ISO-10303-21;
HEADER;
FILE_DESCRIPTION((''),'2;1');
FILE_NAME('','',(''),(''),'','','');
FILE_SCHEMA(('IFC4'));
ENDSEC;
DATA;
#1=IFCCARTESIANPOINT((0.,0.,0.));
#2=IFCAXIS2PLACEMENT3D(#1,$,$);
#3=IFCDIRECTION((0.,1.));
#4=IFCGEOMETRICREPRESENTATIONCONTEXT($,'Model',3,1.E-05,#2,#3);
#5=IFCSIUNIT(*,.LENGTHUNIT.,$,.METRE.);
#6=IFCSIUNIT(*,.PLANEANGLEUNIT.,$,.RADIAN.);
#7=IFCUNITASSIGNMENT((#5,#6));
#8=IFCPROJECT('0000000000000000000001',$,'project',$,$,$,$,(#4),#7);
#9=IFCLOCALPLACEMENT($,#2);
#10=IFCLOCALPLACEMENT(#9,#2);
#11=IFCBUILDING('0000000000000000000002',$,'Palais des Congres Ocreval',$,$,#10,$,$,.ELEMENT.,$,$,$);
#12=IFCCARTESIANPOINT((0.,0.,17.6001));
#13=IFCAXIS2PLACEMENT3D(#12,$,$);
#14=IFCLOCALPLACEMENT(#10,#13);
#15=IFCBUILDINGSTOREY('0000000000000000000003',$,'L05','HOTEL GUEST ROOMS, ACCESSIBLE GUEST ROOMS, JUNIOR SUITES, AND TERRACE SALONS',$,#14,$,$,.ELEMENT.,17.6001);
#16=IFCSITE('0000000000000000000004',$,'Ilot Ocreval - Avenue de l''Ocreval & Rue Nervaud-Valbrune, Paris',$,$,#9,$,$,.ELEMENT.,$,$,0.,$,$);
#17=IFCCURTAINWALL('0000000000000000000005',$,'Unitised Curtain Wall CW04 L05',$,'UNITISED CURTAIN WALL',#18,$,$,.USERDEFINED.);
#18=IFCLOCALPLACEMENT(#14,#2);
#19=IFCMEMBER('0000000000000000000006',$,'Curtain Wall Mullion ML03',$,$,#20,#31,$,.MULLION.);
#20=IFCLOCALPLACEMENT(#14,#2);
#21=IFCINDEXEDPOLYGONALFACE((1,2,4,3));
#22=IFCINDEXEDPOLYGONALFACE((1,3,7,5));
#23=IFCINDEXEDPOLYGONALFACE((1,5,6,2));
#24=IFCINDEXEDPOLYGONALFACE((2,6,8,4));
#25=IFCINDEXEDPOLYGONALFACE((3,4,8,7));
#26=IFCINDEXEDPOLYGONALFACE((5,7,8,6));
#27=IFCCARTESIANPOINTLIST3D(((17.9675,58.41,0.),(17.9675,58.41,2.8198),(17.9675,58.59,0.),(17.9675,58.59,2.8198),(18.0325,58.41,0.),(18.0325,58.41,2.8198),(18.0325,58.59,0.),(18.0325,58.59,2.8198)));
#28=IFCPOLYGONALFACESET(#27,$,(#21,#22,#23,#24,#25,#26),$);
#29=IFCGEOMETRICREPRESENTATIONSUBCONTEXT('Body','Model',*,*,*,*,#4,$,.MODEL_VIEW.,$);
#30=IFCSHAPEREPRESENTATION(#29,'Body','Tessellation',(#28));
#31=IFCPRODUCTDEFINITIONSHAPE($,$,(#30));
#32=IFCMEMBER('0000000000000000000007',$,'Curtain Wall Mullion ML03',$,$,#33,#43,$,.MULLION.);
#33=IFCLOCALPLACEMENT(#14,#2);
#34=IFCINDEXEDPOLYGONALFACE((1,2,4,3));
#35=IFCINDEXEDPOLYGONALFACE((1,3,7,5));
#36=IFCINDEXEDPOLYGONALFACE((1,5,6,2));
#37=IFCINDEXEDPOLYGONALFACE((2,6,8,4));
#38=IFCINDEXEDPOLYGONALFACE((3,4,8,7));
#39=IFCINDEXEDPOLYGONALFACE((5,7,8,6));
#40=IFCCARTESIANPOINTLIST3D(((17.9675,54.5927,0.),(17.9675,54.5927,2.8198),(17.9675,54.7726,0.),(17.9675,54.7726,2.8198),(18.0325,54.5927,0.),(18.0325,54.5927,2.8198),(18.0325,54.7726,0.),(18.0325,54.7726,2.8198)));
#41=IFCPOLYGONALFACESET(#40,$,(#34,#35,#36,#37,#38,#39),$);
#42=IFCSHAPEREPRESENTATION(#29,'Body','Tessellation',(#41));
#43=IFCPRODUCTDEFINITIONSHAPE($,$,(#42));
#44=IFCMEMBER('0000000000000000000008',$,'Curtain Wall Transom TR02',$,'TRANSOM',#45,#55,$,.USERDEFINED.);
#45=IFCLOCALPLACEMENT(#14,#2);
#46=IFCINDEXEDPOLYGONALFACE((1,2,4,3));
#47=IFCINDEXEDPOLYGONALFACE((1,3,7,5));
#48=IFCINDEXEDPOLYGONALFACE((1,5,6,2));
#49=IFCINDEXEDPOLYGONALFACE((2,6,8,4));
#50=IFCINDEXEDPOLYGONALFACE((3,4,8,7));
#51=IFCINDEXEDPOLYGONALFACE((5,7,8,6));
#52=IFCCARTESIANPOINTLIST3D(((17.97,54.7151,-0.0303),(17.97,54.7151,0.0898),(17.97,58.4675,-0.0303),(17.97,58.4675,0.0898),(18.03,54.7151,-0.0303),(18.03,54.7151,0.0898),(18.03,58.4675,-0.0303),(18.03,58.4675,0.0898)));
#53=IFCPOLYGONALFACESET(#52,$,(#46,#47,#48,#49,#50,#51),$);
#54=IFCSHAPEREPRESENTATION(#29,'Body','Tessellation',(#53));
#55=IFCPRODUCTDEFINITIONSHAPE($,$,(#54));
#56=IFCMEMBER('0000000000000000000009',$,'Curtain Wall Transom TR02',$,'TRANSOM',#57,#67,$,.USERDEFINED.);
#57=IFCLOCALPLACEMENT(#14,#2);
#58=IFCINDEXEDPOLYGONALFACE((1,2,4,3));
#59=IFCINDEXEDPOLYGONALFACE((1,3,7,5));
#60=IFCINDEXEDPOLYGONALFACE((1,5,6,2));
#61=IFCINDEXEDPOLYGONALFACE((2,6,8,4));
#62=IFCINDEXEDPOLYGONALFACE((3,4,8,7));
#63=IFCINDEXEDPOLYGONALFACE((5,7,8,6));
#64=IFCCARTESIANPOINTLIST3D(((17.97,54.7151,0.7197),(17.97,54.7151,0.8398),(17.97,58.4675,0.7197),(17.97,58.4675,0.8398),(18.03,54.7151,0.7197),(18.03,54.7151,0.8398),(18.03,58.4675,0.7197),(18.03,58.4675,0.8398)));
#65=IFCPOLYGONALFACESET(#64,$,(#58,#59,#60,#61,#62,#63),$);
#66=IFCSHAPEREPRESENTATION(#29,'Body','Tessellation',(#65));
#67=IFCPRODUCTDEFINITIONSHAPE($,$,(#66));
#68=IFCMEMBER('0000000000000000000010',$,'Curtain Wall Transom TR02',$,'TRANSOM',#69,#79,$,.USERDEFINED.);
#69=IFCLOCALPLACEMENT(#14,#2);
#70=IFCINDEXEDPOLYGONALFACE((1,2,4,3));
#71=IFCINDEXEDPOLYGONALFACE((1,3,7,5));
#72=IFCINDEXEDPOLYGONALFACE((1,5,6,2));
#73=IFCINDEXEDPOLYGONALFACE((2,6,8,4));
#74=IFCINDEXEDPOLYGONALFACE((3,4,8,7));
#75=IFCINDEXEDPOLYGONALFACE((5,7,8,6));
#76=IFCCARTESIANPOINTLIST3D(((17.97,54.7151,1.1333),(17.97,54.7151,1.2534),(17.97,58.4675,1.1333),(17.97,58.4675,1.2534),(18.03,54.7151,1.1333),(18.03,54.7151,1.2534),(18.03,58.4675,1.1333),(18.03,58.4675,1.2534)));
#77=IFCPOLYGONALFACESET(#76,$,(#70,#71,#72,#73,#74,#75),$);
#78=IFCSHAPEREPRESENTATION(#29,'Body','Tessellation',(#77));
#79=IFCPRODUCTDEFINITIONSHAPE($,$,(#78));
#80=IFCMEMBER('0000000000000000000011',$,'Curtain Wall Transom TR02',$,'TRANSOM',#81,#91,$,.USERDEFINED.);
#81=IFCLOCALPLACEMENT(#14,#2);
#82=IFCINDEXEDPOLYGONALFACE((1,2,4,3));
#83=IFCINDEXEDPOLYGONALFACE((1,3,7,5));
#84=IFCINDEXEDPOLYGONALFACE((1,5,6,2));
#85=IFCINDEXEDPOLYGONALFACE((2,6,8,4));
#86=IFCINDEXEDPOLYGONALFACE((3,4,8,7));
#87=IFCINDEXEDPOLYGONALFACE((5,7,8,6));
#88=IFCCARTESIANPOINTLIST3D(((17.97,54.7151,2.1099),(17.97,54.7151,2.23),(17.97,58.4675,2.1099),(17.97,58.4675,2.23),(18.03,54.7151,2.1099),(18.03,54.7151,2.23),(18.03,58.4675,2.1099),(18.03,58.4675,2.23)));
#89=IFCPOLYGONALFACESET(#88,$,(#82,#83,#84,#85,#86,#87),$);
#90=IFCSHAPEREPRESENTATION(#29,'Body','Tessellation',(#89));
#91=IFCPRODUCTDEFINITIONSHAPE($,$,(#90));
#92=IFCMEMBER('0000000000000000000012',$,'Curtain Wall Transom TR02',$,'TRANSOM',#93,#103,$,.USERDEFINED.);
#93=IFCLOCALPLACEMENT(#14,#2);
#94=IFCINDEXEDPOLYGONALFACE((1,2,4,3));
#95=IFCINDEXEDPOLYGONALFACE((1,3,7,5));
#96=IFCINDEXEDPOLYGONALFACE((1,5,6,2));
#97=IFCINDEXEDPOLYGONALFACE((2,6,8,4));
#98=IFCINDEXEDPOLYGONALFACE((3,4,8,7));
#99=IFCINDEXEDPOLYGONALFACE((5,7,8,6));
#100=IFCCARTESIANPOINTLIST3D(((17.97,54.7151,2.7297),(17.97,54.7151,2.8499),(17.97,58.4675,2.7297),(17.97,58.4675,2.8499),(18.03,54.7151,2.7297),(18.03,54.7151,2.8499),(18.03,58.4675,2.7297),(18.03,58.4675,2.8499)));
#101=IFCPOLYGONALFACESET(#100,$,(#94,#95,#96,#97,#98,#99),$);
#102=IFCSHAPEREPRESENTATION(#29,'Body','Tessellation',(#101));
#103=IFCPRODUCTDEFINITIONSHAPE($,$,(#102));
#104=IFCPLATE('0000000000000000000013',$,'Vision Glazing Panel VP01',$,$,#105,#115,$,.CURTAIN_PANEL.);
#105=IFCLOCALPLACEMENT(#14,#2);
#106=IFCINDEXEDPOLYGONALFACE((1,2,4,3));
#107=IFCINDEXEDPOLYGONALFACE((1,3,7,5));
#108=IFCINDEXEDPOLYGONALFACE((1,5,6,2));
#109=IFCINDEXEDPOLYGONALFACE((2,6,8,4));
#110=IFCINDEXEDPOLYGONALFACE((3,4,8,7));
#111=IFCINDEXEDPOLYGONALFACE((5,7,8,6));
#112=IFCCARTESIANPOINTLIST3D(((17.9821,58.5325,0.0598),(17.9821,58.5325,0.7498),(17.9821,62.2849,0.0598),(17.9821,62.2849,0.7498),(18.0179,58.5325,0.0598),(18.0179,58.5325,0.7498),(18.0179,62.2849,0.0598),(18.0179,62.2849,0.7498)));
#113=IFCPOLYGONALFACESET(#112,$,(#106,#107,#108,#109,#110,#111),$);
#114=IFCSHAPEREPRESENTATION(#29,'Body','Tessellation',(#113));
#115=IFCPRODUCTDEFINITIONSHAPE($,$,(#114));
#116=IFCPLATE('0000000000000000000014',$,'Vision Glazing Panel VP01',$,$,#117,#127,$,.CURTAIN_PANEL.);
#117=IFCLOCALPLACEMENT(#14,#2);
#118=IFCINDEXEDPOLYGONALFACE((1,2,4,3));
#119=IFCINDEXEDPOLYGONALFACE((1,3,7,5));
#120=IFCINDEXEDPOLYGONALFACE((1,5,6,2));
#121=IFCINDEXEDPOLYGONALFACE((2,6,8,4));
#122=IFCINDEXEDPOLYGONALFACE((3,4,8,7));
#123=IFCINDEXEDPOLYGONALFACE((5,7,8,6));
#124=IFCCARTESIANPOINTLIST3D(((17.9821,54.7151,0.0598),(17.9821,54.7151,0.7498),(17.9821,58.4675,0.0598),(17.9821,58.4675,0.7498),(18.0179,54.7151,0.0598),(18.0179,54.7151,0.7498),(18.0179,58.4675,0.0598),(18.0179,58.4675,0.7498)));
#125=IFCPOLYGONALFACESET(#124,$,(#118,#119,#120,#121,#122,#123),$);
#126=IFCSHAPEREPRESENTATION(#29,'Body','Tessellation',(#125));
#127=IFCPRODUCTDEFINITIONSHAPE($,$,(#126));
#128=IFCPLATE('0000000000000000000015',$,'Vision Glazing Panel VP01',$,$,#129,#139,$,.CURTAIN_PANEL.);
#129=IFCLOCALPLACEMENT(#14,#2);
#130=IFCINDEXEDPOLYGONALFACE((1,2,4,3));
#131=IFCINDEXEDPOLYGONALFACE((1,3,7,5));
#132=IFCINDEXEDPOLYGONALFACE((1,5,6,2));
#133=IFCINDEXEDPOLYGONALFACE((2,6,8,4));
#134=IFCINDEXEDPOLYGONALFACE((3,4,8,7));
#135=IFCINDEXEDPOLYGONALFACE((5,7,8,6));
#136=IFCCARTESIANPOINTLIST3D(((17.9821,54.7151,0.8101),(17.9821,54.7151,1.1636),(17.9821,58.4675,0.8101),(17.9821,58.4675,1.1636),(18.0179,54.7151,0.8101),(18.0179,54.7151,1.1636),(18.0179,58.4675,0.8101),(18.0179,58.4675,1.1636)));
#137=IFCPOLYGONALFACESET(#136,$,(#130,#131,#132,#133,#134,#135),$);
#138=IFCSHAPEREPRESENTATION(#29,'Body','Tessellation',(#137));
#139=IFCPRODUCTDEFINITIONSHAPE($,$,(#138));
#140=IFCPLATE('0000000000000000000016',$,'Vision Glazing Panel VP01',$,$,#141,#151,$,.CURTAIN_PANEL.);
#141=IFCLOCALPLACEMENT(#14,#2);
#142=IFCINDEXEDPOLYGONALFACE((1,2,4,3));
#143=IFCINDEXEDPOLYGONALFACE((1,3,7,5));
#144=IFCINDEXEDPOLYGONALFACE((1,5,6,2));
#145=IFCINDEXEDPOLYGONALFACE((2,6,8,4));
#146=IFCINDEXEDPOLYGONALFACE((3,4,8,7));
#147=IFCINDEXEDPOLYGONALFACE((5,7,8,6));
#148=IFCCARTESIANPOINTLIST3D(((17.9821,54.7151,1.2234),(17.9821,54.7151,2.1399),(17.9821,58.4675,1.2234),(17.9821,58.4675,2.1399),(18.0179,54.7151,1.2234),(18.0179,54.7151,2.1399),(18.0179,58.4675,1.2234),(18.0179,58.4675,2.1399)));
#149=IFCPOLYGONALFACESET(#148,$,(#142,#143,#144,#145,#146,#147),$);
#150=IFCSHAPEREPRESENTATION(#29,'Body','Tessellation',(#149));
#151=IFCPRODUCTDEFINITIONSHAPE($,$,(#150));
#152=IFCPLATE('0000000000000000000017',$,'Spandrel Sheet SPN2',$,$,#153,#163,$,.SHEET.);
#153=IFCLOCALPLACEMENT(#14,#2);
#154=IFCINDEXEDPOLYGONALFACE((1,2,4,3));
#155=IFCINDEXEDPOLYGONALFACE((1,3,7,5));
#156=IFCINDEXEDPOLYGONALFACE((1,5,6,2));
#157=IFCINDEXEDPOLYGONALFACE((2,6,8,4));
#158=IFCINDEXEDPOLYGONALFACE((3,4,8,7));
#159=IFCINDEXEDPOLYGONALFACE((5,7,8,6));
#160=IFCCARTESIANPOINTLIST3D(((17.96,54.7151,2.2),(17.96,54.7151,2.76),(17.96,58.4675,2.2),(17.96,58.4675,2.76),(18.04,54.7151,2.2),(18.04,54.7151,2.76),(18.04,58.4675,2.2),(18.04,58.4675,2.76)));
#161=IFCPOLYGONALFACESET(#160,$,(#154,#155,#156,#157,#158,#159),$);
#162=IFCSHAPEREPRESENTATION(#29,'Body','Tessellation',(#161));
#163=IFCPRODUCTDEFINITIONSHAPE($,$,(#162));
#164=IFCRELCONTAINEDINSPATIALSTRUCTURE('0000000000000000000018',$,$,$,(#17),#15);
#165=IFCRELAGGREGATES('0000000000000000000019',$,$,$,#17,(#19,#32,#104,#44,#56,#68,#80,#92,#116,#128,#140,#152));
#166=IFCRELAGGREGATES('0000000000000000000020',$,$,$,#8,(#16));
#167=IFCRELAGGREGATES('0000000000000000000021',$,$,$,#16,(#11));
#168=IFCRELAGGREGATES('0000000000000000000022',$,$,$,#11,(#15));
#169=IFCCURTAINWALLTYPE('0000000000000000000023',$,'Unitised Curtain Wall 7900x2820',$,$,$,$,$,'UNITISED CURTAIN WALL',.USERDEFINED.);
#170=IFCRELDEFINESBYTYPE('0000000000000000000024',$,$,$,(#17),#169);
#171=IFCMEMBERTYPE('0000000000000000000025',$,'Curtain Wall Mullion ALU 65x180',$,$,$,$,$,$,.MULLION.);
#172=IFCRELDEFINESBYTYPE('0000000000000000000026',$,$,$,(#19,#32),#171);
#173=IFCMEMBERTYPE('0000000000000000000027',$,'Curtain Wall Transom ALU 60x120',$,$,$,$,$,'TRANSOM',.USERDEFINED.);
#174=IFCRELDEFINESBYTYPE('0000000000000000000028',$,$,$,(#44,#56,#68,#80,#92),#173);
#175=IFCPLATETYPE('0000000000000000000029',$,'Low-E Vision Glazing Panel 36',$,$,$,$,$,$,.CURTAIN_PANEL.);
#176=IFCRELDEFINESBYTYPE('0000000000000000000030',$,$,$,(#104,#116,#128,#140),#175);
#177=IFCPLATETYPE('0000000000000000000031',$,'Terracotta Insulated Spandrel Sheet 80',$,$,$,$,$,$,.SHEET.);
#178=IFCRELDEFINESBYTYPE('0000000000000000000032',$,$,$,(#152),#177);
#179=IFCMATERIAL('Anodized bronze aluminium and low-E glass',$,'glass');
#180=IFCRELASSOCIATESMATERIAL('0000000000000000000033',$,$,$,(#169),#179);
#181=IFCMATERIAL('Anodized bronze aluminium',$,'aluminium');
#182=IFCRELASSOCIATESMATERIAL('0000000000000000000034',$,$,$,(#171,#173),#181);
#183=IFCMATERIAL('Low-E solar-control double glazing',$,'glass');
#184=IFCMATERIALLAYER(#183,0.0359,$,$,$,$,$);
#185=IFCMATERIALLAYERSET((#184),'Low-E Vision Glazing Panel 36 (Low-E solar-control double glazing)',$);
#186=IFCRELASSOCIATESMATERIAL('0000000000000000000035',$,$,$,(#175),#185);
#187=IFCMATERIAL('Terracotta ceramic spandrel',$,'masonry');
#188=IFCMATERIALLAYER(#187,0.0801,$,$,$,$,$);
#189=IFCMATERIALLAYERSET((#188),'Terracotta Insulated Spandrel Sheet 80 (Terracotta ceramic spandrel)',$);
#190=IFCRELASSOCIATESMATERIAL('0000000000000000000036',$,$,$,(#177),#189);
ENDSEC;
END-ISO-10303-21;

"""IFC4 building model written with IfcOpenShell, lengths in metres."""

from ifc_helpers import new_model, si_unit, direction, frame, origin, origin_2d, place, context, subcontext, project, spatial, rectangle, extrude, material, layer, layer_set, material_profile, profile_set, type_object, element, aggregate, save


model = new_model("IFC4")

# Units and contexts
model_context = context("Model", 3, precision=1e-05, world=origin(), true_north=direction((0.0, 1.0)))
body_context = subcontext(model_context, "Body", "Model", "MODEL_VIEW")
ifc_project = project(units=[si_unit("LENGTHUNIT", "METRE"), si_unit("PLANEANGLEUNIT", "RADIAN")], contexts=[model_context])

# Site, building, storey
site_placement = place(None, origin())
site = spatial("IfcSite", under=ifc_project, at=site_placement, Name="Ilot Ocreval - Avenue de l'Ocreval & Rue Nervaud-Valbrune, Paris", CompositionType="ELEMENT", RefElevation=0.0)
building_placement = place(site_placement, origin())
building = spatial("IfcBuilding", under=site, at=building_placement, Name="Palais des Congres Ocreval", CompositionType="ELEMENT")
storey_placement = place(building_placement, frame((0.0, 0.0, 17.6001)))
storey = spatial("IfcBuildingStorey", under=building, at=storey_placement, Name="L05", Description="HOTEL GUEST ROOMS, ACCESSIBLE GUEST ROOMS, JUNIOR SUITES, AND TERRACE SALONS", CompositionType="ELEMENT", Elevation=17.6001)

# Curtain wall, members, plates
ifc_material_1 = material(Name="Anodized bronze aluminium and low-E glass", Category="glass")
curtain_wall_type = type_object("IfcCurtainWallType", Name="Unitised Curtain Wall 7900x2820", ElementType="UNITISED CURTAIN WALL", PredefinedType="USERDEFINED", material=ifc_material_1)
curtain_wall_placement = place(storey_placement, origin())
curtain_wall = element("IfcCurtainWall", 1, at=curtain_wall_placement, inside=storey, type_object=curtain_wall_type, Name="Unitised Curtain Wall CW04 L05", ObjectType="UNITISED CURTAIN WALL", PredefinedType="USERDEFINED")
ifc_material_2 = material(Name="Anodized bronze aluminium", Category="aluminium")
ifc_material_profile_1 = material_profile(ifc_material_2, rectangle(XDim=0.0649, YDim=0.1799, at=origin_2d()), Name="ALU 65x180")
ifc_profile_set_1 = profile_set([ifc_material_profile_1], Name="Anodized bronze aluminium")
member_type_1 = type_object("IfcMemberType", Name="Curtain Wall Mullion ALU 65x180", PredefinedType="MULLION", material=ifc_profile_set_1)
member_1_placement = place(storey_placement, frame((18.0, 58.5, 0.0), z_axis=(0.0, 0.0, 1.0), x_axis=(1.0, 0.0, 0.0)))
member_1 = element("IfcMember", 2, at=member_1_placement, type_object=member_type_1, Name="Curtain Wall Mullion ML03", PredefinedType="MULLION", context=body_context, shape_type="SweptSolid", body=[
    extrude(rectangle(XDim=0.0649, YDim=0.1799, at=origin_2d()), origin(), (0.0, 0.0, 1.0), 2.8198),
])
member_2_placement = place(storey_placement, frame((18.0, 54.6826, 0.0), z_axis=(0.0, 0.0, 1.0), x_axis=(1.0, 0.0, 0.0)))
member_2 = element("IfcMember", 3, at=member_2_placement, type_object=member_type_1, Name="Curtain Wall Mullion ML03", PredefinedType="MULLION", context=body_context, shape_type="SweptSolid", body=[
    extrude(rectangle(XDim=0.0649, YDim=0.1799, at=origin_2d()), origin(), (0.0, 0.0, 1.0), 2.8198),
])
ifc_material_profile_2 = material_profile(ifc_material_2, rectangle(XDim=0.0601, YDim=0.1201, at=origin_2d()), Name="ALU 60x120")
ifc_profile_set_2 = profile_set([ifc_material_profile_2], Name="Anodized bronze aluminium")
member_type_2 = type_object("IfcMemberType", Name="Curtain Wall Transom ALU 60x120", ElementType="TRANSOM", PredefinedType="USERDEFINED", material=ifc_profile_set_2)
member_3_placement = place(storey_placement, frame((18.0, 58.4675, 0.0298), z_axis=(0.0, -1.0, 0.0), x_axis=(1.0, 0.0, 0.0)))
member_3 = element("IfcMember", 4, at=member_3_placement, type_object=member_type_2, Name="Curtain Wall Transom TR02", ObjectType="TRANSOM", PredefinedType="USERDEFINED", context=body_context, shape_type="SweptSolid", body=[
    extrude(rectangle(XDim=0.0601, YDim=0.1201, at=origin_2d()), origin(), (0.0, 0.0, 1.0), 3.7524),
])
member_4_placement = place(storey_placement, frame((18.0, 58.4675, 0.7798), z_axis=(0.0, -1.0, 0.0), x_axis=(1.0, 0.0, 0.0)))
member_4 = element("IfcMember", 5, at=member_4_placement, type_object=member_type_2, Name="Curtain Wall Transom TR02", ObjectType="TRANSOM", PredefinedType="USERDEFINED", context=body_context, shape_type="SweptSolid", body=[
    extrude(rectangle(XDim=0.0601, YDim=0.1201, at=origin_2d()), origin(), (0.0, 0.0, 1.0), 3.7524),
])
member_5_placement = place(storey_placement, frame((18.0, 58.4675, 1.1934), z_axis=(0.0, -1.0, 0.0), x_axis=(1.0, 0.0, 0.0)))
member_5 = element("IfcMember", 6, at=member_5_placement, type_object=member_type_2, Name="Curtain Wall Transom TR02", ObjectType="TRANSOM", PredefinedType="USERDEFINED", context=body_context, shape_type="SweptSolid", body=[
    extrude(rectangle(XDim=0.0601, YDim=0.1201, at=origin_2d()), origin(), (0.0, 0.0, 1.0), 3.7524),
])
member_6_placement = place(storey_placement, frame((18.0, 58.4675, 2.1699), z_axis=(0.0, -1.0, 0.0), x_axis=(1.0, 0.0, 0.0)))
member_6 = element("IfcMember", 7, at=member_6_placement, type_object=member_type_2, Name="Curtain Wall Transom TR02", ObjectType="TRANSOM", PredefinedType="USERDEFINED", context=body_context, shape_type="SweptSolid", body=[
    extrude(rectangle(XDim=0.0601, YDim=0.1201, at=origin_2d()), origin(), (0.0, 0.0, 1.0), 3.7524),
])
member_7_placement = place(storey_placement, frame((18.0, 58.4675, 2.7898), z_axis=(0.0, -1.0, 0.0), x_axis=(1.0, 0.0, 0.0)))
member_7 = element("IfcMember", 8, at=member_7_placement, type_object=member_type_2, Name="Curtain Wall Transom TR02", ObjectType="TRANSOM", PredefinedType="USERDEFINED", context=body_context, shape_type="SweptSolid", body=[
    extrude(rectangle(XDim=0.0601, YDim=0.1201, at=origin_2d()), origin(), (0.0, 0.0, 1.0), 3.7524),
])
ifc_material_3 = material(Name="Low-E solar-control double glazing", Category="glass")
ifc_layer_1 = layer(ifc_material_3, 0.0359)
ifc_layer_set_1 = layer_set([ifc_layer_1], Name="Low-E Vision Glazing Panel 36 (Low-E solar-control double glazing)")
plate_type_1 = type_object("IfcPlateType", Name="Low-E Vision Glazing Panel 36", PredefinedType="CURTAIN_PANEL", material=ifc_layer_set_1)
plate_1_placement = place(storey_placement, frame((18.0, 60.4087, 0.0598), z_axis=(0.0, 0.0, 1.0), x_axis=(0.0, -1.0, 0.0)))
plate_1 = element("IfcPlate", 9, at=plate_1_placement, type_object=plate_type_1, Name="Vision Glazing Panel VP01", PredefinedType="CURTAIN_PANEL", context=body_context, shape_type="SweptSolid", body=[
    extrude(rectangle(XDim=3.7524, YDim=0.0359, at=origin_2d()), origin(), (0.0, 0.0, 1.0), 0.6899),
])
plate_2_placement = place(storey_placement, frame((18.0, 56.5913, 0.0598), z_axis=(0.0, 0.0, 1.0), x_axis=(0.0, -1.0, 0.0)))
plate_2 = element("IfcPlate", 10, at=plate_2_placement, type_object=plate_type_1, Name="Vision Glazing Panel VP01", PredefinedType="CURTAIN_PANEL", context=body_context, shape_type="SweptSolid", body=[
    extrude(rectangle(XDim=3.7524, YDim=0.0359, at=origin_2d()), origin(), (0.0, 0.0, 1.0), 0.6899),
])
plate_3_placement = place(storey_placement, frame((18.0, 56.5913, 0.8101), z_axis=(0.0, 0.0, 1.0), x_axis=(0.0, -1.0, 0.0)))
plate_3 = element("IfcPlate", 11, at=plate_3_placement, type_object=plate_type_1, Name="Vision Glazing Panel VP01", PredefinedType="CURTAIN_PANEL", context=body_context, shape_type="SweptSolid", body=[
    extrude(rectangle(XDim=3.7524, YDim=0.0359, at=origin_2d()), origin(), (0.0, 0.0, 1.0), 0.3535),
])
plate_4_placement = place(storey_placement, frame((18.0, 56.5913, 1.2234), z_axis=(0.0, 0.0, 1.0), x_axis=(0.0, -1.0, 0.0)))
plate_4 = element("IfcPlate", 12, at=plate_4_placement, type_object=plate_type_1, Name="Vision Glazing Panel VP01", PredefinedType="CURTAIN_PANEL", context=body_context, shape_type="SweptSolid", body=[
    extrude(rectangle(XDim=3.7524, YDim=0.0359, at=origin_2d()), origin(), (0.0, 0.0, 1.0), 0.9165),
])
ifc_material_4 = material(Name="Terracotta ceramic spandrel", Category="masonry")
ifc_layer_2 = layer(ifc_material_4, 0.0801)
ifc_layer_set_2 = layer_set([ifc_layer_2], Name="Terracotta Insulated Spandrel Sheet 80 (Terracotta ceramic spandrel)")
plate_type_2 = type_object("IfcPlateType", Name="Terracotta Insulated Spandrel Sheet 80", PredefinedType="SHEET", material=ifc_layer_set_2)
plate_5_placement = place(storey_placement, frame((18.0, 56.5913, 2.2), z_axis=(0.0, 0.0, 1.0), x_axis=(0.0, -1.0, 0.0)))
plate_5 = element("IfcPlate", 13, at=plate_5_placement, type_object=plate_type_2, Name="Spandrel Sheet SPN2", PredefinedType="SHEET", context=body_context, shape_type="SweptSolid", body=[
    extrude(rectangle(XDim=3.7524, YDim=0.0801, at=origin_2d()), origin(), (0.0, 0.0, 1.0), 0.5601),
])
aggregate(curtain_wall, [member_1, member_2, plate_1, member_3, member_4, member_5, member_6, member_7, plate_2, plate_3, plate_4, plate_5])

save(model, "model.ifc")
